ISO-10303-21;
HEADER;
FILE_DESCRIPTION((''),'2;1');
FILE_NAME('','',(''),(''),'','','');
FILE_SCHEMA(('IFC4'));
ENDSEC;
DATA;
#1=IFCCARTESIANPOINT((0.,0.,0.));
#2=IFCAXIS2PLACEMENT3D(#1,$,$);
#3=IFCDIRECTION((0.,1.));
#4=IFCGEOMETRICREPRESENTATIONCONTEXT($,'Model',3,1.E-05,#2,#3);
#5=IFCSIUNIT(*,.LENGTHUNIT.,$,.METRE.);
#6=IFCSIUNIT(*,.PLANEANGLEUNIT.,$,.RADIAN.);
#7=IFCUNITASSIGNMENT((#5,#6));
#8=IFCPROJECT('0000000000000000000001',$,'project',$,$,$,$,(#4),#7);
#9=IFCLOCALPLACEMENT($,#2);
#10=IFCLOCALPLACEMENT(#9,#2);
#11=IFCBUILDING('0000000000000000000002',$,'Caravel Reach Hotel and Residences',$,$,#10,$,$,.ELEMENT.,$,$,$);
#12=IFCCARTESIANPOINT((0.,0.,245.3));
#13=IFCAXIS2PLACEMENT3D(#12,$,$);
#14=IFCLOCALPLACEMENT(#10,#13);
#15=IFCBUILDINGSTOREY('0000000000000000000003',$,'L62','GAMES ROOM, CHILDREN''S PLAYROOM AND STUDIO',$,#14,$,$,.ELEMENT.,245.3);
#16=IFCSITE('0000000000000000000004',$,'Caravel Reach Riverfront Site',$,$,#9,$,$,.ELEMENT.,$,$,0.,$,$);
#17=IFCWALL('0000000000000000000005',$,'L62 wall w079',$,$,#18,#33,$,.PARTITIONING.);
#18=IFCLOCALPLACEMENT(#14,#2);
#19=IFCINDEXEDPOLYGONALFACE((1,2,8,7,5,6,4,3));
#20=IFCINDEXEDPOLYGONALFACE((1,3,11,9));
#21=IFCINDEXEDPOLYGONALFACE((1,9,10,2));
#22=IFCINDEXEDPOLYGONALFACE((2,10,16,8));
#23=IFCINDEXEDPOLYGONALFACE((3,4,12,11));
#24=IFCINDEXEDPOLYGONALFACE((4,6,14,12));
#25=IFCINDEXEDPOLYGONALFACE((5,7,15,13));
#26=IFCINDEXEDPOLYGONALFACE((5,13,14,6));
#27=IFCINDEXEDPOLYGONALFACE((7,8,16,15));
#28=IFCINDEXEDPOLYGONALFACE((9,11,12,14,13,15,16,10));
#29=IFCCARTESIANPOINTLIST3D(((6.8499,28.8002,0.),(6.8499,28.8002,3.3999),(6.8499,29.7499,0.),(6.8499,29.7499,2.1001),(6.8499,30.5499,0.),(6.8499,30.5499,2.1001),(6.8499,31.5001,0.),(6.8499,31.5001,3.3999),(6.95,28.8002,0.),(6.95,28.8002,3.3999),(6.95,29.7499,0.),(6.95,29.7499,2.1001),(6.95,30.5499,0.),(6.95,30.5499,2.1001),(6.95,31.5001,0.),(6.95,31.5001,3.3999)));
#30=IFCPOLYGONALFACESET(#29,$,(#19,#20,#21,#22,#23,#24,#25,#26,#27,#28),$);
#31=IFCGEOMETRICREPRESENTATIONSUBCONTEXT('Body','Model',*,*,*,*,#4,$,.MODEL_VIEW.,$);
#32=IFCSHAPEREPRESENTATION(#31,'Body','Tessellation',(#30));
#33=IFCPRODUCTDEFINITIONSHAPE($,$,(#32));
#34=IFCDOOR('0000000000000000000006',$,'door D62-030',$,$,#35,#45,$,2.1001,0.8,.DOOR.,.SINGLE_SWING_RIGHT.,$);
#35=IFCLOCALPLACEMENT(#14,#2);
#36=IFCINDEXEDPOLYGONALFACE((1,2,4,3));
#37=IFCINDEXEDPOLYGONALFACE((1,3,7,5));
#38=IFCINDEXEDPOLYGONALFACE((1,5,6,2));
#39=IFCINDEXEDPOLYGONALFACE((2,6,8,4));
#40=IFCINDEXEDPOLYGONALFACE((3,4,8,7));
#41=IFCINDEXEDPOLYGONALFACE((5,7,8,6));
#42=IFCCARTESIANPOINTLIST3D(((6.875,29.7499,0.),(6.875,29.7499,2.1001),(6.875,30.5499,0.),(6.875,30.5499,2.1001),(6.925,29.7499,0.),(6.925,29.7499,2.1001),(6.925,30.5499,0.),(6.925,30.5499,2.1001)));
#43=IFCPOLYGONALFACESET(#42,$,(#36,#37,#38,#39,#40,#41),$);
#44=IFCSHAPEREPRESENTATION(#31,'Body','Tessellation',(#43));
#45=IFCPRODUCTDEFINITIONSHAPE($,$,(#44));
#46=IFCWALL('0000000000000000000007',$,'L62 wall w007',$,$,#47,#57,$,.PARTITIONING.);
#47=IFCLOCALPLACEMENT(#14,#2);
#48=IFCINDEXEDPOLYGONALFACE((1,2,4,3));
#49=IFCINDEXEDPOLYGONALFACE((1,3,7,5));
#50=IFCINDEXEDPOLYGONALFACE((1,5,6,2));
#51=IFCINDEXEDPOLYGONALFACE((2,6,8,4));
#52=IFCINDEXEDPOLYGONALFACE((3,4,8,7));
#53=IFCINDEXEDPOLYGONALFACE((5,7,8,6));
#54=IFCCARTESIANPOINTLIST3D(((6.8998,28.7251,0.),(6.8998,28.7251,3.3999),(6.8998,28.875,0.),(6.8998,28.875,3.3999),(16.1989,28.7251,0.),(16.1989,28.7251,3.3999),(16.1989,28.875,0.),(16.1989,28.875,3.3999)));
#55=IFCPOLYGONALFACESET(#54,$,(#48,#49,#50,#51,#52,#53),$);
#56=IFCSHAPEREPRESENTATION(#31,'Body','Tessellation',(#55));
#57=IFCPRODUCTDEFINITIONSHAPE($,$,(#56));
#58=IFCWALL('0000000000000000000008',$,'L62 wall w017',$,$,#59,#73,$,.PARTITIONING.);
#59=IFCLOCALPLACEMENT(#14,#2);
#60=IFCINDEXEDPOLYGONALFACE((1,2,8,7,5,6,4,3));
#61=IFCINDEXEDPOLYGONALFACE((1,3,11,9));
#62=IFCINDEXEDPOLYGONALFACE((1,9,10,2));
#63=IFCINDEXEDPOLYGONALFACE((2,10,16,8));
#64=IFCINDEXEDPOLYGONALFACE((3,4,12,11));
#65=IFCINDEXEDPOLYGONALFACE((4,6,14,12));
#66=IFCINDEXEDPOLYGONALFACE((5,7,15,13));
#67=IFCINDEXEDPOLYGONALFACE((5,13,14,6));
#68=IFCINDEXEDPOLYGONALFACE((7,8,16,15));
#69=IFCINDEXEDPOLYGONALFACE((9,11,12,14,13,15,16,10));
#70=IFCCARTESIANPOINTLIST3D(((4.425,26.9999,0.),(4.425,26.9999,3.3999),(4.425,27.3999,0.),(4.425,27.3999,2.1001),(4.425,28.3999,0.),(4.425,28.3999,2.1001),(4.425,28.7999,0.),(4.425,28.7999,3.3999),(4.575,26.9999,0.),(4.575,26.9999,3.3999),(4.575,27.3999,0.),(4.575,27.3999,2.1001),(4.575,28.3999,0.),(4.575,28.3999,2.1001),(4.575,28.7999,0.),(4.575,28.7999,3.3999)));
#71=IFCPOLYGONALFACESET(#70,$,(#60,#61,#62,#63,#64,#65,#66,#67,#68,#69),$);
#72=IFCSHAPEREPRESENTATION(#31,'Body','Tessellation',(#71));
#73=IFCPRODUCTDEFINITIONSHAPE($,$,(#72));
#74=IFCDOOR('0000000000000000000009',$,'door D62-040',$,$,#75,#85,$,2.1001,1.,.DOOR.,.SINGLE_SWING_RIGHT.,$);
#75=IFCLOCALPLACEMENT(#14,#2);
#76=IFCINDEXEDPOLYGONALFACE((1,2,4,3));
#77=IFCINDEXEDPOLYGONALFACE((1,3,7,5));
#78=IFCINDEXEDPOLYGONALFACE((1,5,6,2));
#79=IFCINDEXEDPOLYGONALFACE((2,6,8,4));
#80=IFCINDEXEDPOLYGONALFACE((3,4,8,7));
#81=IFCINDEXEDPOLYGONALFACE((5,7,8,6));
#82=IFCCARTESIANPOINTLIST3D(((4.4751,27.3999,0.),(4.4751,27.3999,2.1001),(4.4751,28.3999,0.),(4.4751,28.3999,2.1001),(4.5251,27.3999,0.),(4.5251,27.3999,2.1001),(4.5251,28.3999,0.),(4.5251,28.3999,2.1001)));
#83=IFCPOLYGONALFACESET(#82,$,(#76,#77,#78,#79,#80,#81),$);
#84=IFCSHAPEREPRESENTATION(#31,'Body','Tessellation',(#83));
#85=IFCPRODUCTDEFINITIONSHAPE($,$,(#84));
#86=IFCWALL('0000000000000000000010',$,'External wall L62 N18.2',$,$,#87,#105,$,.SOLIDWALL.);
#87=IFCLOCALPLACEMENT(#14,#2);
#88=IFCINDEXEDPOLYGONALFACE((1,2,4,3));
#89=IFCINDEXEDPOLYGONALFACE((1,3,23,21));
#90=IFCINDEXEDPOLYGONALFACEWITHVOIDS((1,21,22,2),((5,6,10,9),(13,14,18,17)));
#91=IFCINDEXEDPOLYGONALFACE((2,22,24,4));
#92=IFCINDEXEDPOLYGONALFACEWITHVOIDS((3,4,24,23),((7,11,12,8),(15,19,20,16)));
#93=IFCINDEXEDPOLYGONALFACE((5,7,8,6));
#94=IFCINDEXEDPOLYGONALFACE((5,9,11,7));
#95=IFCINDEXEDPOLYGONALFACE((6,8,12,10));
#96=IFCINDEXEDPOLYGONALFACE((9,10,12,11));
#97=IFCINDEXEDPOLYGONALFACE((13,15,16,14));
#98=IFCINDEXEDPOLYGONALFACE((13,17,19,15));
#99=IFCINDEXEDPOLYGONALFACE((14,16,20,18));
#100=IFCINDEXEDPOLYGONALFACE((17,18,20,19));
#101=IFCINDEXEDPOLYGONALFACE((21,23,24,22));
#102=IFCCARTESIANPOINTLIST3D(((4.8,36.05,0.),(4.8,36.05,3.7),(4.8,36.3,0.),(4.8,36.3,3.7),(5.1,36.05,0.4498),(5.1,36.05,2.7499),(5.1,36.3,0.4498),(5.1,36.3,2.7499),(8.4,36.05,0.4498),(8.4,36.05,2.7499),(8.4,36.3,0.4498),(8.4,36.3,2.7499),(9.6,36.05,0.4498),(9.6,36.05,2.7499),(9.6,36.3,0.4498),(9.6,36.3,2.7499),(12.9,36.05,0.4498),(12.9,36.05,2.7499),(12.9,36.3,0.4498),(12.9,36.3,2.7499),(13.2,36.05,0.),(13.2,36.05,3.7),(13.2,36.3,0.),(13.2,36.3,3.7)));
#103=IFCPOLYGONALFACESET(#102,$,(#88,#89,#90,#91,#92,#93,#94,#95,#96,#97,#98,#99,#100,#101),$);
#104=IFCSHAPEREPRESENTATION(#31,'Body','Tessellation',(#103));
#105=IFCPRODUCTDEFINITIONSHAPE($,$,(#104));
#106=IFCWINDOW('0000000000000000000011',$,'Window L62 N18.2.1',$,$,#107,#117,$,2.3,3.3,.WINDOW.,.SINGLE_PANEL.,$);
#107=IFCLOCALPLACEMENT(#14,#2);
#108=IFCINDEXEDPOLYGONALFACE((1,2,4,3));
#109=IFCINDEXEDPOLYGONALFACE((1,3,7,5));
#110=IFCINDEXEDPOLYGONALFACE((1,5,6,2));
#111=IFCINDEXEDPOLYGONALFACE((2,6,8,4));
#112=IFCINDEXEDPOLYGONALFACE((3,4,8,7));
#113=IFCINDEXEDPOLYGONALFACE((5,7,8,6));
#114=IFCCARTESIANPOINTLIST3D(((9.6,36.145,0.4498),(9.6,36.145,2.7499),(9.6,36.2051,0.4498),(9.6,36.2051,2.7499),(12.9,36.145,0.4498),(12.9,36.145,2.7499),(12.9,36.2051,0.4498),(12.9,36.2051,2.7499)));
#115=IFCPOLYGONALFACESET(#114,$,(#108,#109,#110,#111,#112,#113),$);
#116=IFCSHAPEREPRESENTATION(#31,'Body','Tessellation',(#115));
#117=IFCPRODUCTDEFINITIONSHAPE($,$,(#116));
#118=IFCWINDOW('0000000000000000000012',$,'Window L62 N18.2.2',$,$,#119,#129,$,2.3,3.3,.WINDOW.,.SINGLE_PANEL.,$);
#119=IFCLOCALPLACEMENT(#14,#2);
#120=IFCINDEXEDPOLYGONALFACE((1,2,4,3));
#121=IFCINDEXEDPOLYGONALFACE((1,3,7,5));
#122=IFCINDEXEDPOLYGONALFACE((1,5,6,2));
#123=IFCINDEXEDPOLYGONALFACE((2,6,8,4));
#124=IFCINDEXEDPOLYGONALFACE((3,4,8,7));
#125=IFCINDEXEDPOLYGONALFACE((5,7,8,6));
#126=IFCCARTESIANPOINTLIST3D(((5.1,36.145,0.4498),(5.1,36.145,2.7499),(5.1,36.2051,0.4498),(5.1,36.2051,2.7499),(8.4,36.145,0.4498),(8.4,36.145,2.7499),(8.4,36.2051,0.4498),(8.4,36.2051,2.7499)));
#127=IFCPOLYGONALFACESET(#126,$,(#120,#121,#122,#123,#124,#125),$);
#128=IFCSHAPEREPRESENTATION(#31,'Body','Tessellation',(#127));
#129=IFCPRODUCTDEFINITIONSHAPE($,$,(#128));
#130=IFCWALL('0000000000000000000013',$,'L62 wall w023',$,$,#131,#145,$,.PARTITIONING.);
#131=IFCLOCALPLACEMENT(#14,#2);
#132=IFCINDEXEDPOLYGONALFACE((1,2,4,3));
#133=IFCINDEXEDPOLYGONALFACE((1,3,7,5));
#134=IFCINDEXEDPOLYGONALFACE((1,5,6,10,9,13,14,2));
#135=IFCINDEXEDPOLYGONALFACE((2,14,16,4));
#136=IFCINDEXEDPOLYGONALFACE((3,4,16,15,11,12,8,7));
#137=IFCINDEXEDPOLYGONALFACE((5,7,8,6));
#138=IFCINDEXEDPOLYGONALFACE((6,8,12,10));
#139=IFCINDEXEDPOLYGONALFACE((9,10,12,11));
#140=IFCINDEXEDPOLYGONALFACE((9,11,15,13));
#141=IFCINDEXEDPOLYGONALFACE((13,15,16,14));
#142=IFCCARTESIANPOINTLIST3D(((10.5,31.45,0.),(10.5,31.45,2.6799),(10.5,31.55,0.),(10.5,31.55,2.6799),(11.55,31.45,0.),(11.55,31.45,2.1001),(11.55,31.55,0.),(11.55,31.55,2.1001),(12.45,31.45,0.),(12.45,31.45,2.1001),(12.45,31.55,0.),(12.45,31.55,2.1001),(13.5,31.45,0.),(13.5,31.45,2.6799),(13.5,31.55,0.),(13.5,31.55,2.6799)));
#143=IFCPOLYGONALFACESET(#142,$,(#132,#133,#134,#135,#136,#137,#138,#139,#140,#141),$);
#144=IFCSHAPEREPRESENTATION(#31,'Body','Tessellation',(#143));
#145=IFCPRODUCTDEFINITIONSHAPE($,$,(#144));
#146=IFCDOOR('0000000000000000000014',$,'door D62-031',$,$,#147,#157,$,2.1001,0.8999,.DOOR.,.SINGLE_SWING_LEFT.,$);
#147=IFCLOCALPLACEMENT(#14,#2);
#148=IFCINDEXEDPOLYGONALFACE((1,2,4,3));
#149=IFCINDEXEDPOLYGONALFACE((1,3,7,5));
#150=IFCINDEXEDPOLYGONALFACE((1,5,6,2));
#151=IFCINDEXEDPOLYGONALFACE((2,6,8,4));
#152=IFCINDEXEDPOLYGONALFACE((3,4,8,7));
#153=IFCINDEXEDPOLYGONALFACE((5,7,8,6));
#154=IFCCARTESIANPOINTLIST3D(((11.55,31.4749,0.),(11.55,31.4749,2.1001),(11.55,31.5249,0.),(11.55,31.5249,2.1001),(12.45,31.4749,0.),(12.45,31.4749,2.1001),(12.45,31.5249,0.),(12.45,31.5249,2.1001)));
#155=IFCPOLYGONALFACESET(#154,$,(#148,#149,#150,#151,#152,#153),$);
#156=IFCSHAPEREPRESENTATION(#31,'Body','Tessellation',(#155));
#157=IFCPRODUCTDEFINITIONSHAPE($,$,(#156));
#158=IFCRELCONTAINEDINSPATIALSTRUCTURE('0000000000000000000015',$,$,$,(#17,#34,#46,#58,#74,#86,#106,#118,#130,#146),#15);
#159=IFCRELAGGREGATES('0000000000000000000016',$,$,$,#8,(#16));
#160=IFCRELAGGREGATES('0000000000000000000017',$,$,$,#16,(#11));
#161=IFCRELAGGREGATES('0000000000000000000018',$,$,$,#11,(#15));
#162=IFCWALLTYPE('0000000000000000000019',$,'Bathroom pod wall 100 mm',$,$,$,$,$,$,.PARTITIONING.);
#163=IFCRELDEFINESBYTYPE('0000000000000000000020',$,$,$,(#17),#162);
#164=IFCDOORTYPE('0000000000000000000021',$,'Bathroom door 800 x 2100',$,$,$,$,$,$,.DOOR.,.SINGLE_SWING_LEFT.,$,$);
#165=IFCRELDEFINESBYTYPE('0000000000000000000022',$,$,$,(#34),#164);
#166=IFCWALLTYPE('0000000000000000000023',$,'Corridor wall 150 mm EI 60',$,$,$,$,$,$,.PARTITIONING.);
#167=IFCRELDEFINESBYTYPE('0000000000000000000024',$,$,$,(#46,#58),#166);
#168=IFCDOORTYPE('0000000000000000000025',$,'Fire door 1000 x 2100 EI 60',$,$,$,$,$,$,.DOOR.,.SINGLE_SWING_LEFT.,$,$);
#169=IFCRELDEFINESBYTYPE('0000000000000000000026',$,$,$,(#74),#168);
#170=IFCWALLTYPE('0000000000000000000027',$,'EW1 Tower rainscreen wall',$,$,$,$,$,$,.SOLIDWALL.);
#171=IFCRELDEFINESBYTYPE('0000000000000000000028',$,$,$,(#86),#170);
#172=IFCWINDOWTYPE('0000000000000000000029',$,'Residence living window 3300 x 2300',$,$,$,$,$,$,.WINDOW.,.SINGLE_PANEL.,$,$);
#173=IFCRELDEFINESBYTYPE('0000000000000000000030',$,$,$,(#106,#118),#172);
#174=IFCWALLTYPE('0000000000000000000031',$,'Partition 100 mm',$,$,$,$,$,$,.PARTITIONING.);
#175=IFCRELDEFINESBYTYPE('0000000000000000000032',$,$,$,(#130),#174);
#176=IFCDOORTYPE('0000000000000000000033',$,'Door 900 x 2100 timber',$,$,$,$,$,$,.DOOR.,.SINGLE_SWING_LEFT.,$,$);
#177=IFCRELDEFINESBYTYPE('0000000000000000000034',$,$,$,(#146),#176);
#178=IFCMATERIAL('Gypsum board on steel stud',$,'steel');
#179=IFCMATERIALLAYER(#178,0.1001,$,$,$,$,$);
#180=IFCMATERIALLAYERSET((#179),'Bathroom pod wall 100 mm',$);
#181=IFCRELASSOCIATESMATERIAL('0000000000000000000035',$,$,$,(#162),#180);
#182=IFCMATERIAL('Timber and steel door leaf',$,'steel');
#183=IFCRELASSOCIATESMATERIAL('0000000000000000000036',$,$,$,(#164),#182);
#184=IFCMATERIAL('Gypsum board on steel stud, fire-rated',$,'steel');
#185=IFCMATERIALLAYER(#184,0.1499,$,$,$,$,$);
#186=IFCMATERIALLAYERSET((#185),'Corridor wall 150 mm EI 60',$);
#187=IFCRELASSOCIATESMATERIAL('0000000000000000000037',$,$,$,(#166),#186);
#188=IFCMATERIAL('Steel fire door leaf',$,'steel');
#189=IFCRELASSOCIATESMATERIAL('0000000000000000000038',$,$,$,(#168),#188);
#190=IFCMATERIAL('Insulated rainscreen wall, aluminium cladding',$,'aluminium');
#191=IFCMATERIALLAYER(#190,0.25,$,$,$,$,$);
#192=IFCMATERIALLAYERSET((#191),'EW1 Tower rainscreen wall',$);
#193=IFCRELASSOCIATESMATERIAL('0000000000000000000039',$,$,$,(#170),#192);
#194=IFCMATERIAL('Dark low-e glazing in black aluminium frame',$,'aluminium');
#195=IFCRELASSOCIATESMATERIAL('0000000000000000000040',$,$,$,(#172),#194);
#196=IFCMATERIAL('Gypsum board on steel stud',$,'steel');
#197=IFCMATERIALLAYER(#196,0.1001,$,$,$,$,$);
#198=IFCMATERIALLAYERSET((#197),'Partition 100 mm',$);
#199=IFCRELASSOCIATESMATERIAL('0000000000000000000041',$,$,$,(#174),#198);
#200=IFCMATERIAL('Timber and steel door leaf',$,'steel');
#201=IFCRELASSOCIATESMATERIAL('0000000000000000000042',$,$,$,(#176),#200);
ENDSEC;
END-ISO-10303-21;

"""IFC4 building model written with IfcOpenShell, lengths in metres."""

from ifc_helpers import new_model, si_unit, direction, frame, frame_2d, origin, place, context, subcontext, project, spatial, rectangle, extrude, material, layer, layer_set, type_object, element, fill, save


model = new_model("IFC4")

# Units and contexts
model_context = context("Model", 3, precision=1e-05, world=origin(), true_north=direction((0.0, 1.0)))
body_context = subcontext(model_context, "Body", "Model", "MODEL_VIEW")
ifc_project = project(units=[si_unit("LENGTHUNIT", "METRE"), si_unit("PLANEANGLEUNIT", "RADIAN")], contexts=[model_context])

# Site, building, storey
site_placement = place(None, origin())
site = spatial("IfcSite", under=ifc_project, at=site_placement, Name="Caravel Reach Riverfront Site", CompositionType="ELEMENT", RefElevation=0.0)
building_placement = place(site_placement, origin())
building = spatial("IfcBuilding", under=site, at=building_placement, Name="Caravel Reach Hotel and Residences", CompositionType="ELEMENT")
storey_placement = place(building_placement, frame((0.0, 0.0, 245.3)))
storey = spatial("IfcBuildingStorey", under=building, at=storey_placement, Name="L62", Description="GAMES ROOM, CHILDREN'S PLAYROOM AND STUDIO", CompositionType="ELEMENT", Elevation=245.3)

# Shared definitions
ifc_material_1 = material(Name="Gypsum board on steel stud", Category="steel")
ifc_layer_1 = layer(ifc_material_1, 0.1001)
ifc_layer_set_1 = layer_set([ifc_layer_1], Name="Bathroom pod wall 100 mm")
wall_type_1 = type_object("IfcWallType", Name="Bathroom pod wall 100 mm", PredefinedType="PARTITIONING", material=ifc_layer_set_1)

# Wall, opening, door
wall_1_placement = place(storey_placement, frame((6.8999, 28.8, 0.0), z_axis=(0.0, 0.0, 1.0), x_axis=(0.0, 1.0, 0.0)))
wall_1 = element("IfcWall", 1, at=wall_1_placement, inside=storey, type_object=wall_type_1, Name="L62 wall w079", PredefinedType="PARTITIONING", context=body_context, shape_type="SweptSolid", body=[
    extrude(rectangle(XDim=2.7, YDim=0.1001, at=frame_2d((1.3501, 0.0))), origin(), (0.0, 0.0, 1.0), 3.3999),
])
opening_1_placement = place(wall_1_placement, frame((0.95, 0.0, 0.0)))
opening_1 = element("IfcOpeningElement", 2, at=opening_1_placement, cuts=wall_1, PredefinedType="OPENING", context=body_context, shape_type="SweptSolid", body=[
    extrude(rectangle(XDim=0.8, YDim=2.1001, at=frame_2d((0.3999, 1.05))), frame((0.0, 0.0601, 0.0), z_axis=(0.0, -1.0, 0.0), x_axis=(1.0, 0.0, 0.0)), (0.0, 0.0, 1.0), 0.1201),
])
ifc_material_2 = material(Name="Timber and steel door leaf", Category="steel")
door_type_1 = type_object("IfcDoorType", Name="Bathroom door 800 x 2100", OperationType="SINGLE_SWING_LEFT", PredefinedType="DOOR", material=ifc_material_2)
door_1_placement = place(opening_1_placement, origin())
door_1 = element("IfcDoor", 3, at=door_1_placement, inside=storey, type_object=door_type_1, Name="door D62-030", OperationType="SINGLE_SWING_RIGHT", OverallHeight=2.1001, OverallWidth=0.8, PredefinedType="DOOR", context=body_context, shape_type="SweptSolid", body=[
    extrude(rectangle(XDim=0.8, YDim=2.1001, at=frame_2d((0.3999, 1.05))), frame((0.0, 0.0249, 0.0), z_axis=(0.0, -1.0, 0.0), x_axis=(1.0, 0.0, 0.0)), (0.0, 0.0, 1.0), 0.05),
])
fill(opening_1, door_1)

# Wall
ifc_material_3 = material(Name="Gypsum board on steel stud, fire-rated", Category="steel")
ifc_layer_2 = layer(ifc_material_3, 0.1499)
ifc_layer_set_2 = layer_set([ifc_layer_2], Name="Corridor wall 150 mm EI 60")
wall_type_2 = type_object("IfcWallType", Name="Corridor wall 150 mm EI 60", PredefinedType="PARTITIONING", material=ifc_layer_set_2)
wall_2_placement = place(storey_placement, frame((6.8999, 28.8, 0.0), z_axis=(0.0, 0.0, 1.0), x_axis=(1.0, 0.0, 0.0)))
element("IfcWall", 4, at=wall_2_placement, inside=storey, type_object=wall_type_2, Name="L62 wall w007", PredefinedType="PARTITIONING", context=body_context, shape_type="SweptSolid", body=[
    extrude(rectangle(XDim=9.2991, YDim=0.1499, at=frame_2d((4.6494, 0.0))), origin(), (0.0, 0.0, 1.0), 3.3999),
])

# Wall, opening, door
wall_3_placement = place(storey_placement, frame((4.5, 27.0, 0.0), z_axis=(0.0, 0.0, 1.0), x_axis=(0.0, 1.0, 0.0)))
wall_3 = element("IfcWall", 5, at=wall_3_placement, inside=storey, type_object=wall_type_2, Name="L62 wall w017", PredefinedType="PARTITIONING", context=body_context, shape_type="SweptSolid", body=[
    extrude(rectangle(XDim=1.8, YDim=0.1499, at=frame_2d((0.8999, 0.0))), origin(), (0.0, 0.0, 1.0), 3.3999),
])
opening_2_placement = place(wall_3_placement, frame((0.3999, 0.0, 0.0)))
opening_2 = element("IfcOpeningElement", 6, at=opening_2_placement, cuts=wall_3, PredefinedType="OPENING", context=body_context, shape_type="SweptSolid", body=[
    extrude(rectangle(XDim=1.0, YDim=2.1001, at=frame_2d((0.5, 1.05))), frame((0.0, 0.085, 0.0), z_axis=(0.0, -1.0, 0.0), x_axis=(1.0, 0.0, 0.0)), (0.0, 0.0, 1.0), 0.1699),
])
ifc_material_4 = material(Name="Steel fire door leaf", Category="steel")
door_type_2 = type_object("IfcDoorType", Name="Fire door 1000 x 2100 EI 60", OperationType="SINGLE_SWING_LEFT", PredefinedType="DOOR", material=ifc_material_4)
door_2_placement = place(opening_2_placement, origin())
door_2 = element("IfcDoor", 7, at=door_2_placement, inside=storey, type_object=door_type_2, Name="door D62-040", OperationType="SINGLE_SWING_RIGHT", OverallHeight=2.1001, OverallWidth=1.0, PredefinedType="DOOR", context=body_context, shape_type="SweptSolid", body=[
    extrude(rectangle(XDim=1.0, YDim=2.1001, at=frame_2d((0.5, 1.05))), frame((0.0, 0.0249, 0.0), z_axis=(0.0, -1.0, 0.0), x_axis=(1.0, 0.0, 0.0)), (0.0, 0.0, 1.0), 0.05),
])
fill(opening_2, door_2)

# Wall, openings, windows
ifc_material_5 = material(Name="Insulated rainscreen wall, aluminium cladding", Category="aluminium")
ifc_layer_3 = layer(ifc_material_5, 0.25)
ifc_layer_set_3 = layer_set([ifc_layer_3], Name="EW1 Tower rainscreen wall")
wall_type_3 = type_object("IfcWallType", Name="EW1 Tower rainscreen wall", PredefinedType="SOLIDWALL", material=ifc_layer_set_3)
wall_4_placement = place(storey_placement, frame((13.2, 36.175, 0.0), z_axis=(0.0, 0.0, 1.0), x_axis=(-1.0, 0.0, 0.0)))
wall_4 = element("IfcWall", 8, at=wall_4_placement, inside=storey, type_object=wall_type_3, Name="External wall L62 N18.2", PredefinedType="SOLIDWALL", context=body_context, shape_type="SweptSolid", body=[
    extrude(rectangle(XDim=8.3999, YDim=0.25, at=frame_2d((4.2, 0.0))), origin(), (0.0, 0.0, 1.0), 3.7),
])
opening_3_placement = place(wall_4_placement, frame((0.3, 0.0, 0.45)))
opening_3 = element("IfcOpeningElement", 9, at=opening_3_placement, cuts=wall_4, PredefinedType="OPENING", context=body_context, shape_type="SweptSolid", body=[
    extrude(rectangle(XDim=3.3, YDim=2.3, at=frame_2d((1.6499, 1.1499))), frame((0.0, 0.135, 0.0), z_axis=(0.0, -1.0, 0.0), x_axis=(1.0, 0.0, 0.0)), (0.0, 0.0, 1.0), 0.27),
])
opening_4_placement = place(wall_4_placement, frame((4.8, 0.0, 0.45)))
opening_4 = element("IfcOpeningElement", 10, at=opening_4_placement, cuts=wall_4, PredefinedType="OPENING", context=body_context, shape_type="SweptSolid", body=[
    extrude(rectangle(XDim=3.3, YDim=2.3, at=frame_2d((1.6499, 1.1499))), frame((0.0, 0.135, 0.0), z_axis=(0.0, -1.0, 0.0), x_axis=(1.0, 0.0, 0.0)), (0.0, 0.0, 1.0), 0.27),
])
ifc_material_6 = material(Name="Dark low-e glazing in black aluminium frame", Category="aluminium")
window_type = type_object("IfcWindowType", Name="Residence living window 3300 x 2300", PartitioningType="SINGLE_PANEL", PredefinedType="WINDOW", material=ifc_material_6)
window_1_placement = place(opening_3_placement, origin())
window_1 = element("IfcWindow", 11, at=window_1_placement, inside=storey, type_object=window_type, Name="Window L62 N18.2.1", OverallHeight=2.3, OverallWidth=3.3, PartitioningType="SINGLE_PANEL", PredefinedType="WINDOW", context=body_context, shape_type="SweptSolid", body=[
    extrude(rectangle(XDim=3.3, YDim=2.3, at=frame_2d((1.6499, 1.1499))), frame((0.0, 0.03, 0.0), z_axis=(0.0, -1.0, 0.0), x_axis=(1.0, 0.0, 0.0)), (0.0, 0.0, 1.0), 0.0601),
])
fill(opening_3, window_1)
window_2_placement = place(opening_4_placement, origin())
window_2 = element("IfcWindow", 12, at=window_2_placement, inside=storey, type_object=window_type, Name="Window L62 N18.2.2", OverallHeight=2.3, OverallWidth=3.3, PartitioningType="SINGLE_PANEL", PredefinedType="WINDOW", context=body_context, shape_type="SweptSolid", body=[
    extrude(rectangle(XDim=3.3, YDim=2.3, at=frame_2d((1.6499, 1.1499))), frame((0.0, 0.03, 0.0), z_axis=(0.0, -1.0, 0.0), x_axis=(1.0, 0.0, 0.0)), (0.0, 0.0, 1.0), 0.0601),
])
fill(opening_4, window_2)

# Wall, opening, door
ifc_material_7 = material(Name="Gypsum board on steel stud", Category="steel")
ifc_layer_4 = layer(ifc_material_7, 0.1001)
ifc_layer_set_4 = layer_set([ifc_layer_4], Name="Partition 100 mm")
wall_type_4 = type_object("IfcWallType", Name="Partition 100 mm", PredefinedType="PARTITIONING", material=ifc_layer_set_4)
wall_5_placement = place(storey_placement, frame((10.5, 31.5, 0.0), z_axis=(0.0, 0.0, 1.0), x_axis=(1.0, 0.0, 0.0)))
wall_5 = element("IfcWall", 13, at=wall_5_placement, inside=storey, type_object=wall_type_4, Name="L62 wall w023", PredefinedType="PARTITIONING", context=body_context, shape_type="SweptSolid", body=[
    extrude(rectangle(XDim=3.0, YDim=0.1001, at=frame_2d((1.5, 0.0))), origin(), (0.0, 0.0, 1.0), 2.6799),
])
opening_5_placement = place(wall_5_placement, frame((1.05, 0.0, 0.0)))
opening_5 = element("IfcOpeningElement", 14, at=opening_5_placement, cuts=wall_5, PredefinedType="OPENING", context=body_context, shape_type="SweptSolid", body=[
    extrude(rectangle(XDim=0.8999, YDim=2.1001, at=frame_2d((0.45, 1.05))), frame((0.0, 0.0601, 0.0), z_axis=(0.0, -1.0, 0.0), x_axis=(1.0, 0.0, 0.0)), (0.0, 0.0, 1.0), 0.1201),
])
ifc_material_8 = material(Name="Timber and steel door leaf", Category="steel")
door_type_3 = type_object("IfcDoorType", Name="Door 900 x 2100 timber", OperationType="SINGLE_SWING_LEFT", PredefinedType="DOOR", material=ifc_material_8)
door_3_placement = place(opening_5_placement, origin())
door_3 = element("IfcDoor", 15, at=door_3_placement, inside=storey, type_object=door_type_3, Name="door D62-031", OperationType="SINGLE_SWING_LEFT", OverallHeight=2.1001, OverallWidth=0.8999, PredefinedType="DOOR", context=body_context, shape_type="SweptSolid", body=[
    extrude(rectangle(XDim=0.8999, YDim=2.1001, at=frame_2d((0.45, 1.05))), frame((0.0, 0.0249, 0.0), z_axis=(0.0, -1.0, 0.0), x_axis=(1.0, 0.0, 0.0)), (0.0, 0.0, 1.0), 0.05),
])
fill(opening_5, door_3)

save(model, "model.ifc")
